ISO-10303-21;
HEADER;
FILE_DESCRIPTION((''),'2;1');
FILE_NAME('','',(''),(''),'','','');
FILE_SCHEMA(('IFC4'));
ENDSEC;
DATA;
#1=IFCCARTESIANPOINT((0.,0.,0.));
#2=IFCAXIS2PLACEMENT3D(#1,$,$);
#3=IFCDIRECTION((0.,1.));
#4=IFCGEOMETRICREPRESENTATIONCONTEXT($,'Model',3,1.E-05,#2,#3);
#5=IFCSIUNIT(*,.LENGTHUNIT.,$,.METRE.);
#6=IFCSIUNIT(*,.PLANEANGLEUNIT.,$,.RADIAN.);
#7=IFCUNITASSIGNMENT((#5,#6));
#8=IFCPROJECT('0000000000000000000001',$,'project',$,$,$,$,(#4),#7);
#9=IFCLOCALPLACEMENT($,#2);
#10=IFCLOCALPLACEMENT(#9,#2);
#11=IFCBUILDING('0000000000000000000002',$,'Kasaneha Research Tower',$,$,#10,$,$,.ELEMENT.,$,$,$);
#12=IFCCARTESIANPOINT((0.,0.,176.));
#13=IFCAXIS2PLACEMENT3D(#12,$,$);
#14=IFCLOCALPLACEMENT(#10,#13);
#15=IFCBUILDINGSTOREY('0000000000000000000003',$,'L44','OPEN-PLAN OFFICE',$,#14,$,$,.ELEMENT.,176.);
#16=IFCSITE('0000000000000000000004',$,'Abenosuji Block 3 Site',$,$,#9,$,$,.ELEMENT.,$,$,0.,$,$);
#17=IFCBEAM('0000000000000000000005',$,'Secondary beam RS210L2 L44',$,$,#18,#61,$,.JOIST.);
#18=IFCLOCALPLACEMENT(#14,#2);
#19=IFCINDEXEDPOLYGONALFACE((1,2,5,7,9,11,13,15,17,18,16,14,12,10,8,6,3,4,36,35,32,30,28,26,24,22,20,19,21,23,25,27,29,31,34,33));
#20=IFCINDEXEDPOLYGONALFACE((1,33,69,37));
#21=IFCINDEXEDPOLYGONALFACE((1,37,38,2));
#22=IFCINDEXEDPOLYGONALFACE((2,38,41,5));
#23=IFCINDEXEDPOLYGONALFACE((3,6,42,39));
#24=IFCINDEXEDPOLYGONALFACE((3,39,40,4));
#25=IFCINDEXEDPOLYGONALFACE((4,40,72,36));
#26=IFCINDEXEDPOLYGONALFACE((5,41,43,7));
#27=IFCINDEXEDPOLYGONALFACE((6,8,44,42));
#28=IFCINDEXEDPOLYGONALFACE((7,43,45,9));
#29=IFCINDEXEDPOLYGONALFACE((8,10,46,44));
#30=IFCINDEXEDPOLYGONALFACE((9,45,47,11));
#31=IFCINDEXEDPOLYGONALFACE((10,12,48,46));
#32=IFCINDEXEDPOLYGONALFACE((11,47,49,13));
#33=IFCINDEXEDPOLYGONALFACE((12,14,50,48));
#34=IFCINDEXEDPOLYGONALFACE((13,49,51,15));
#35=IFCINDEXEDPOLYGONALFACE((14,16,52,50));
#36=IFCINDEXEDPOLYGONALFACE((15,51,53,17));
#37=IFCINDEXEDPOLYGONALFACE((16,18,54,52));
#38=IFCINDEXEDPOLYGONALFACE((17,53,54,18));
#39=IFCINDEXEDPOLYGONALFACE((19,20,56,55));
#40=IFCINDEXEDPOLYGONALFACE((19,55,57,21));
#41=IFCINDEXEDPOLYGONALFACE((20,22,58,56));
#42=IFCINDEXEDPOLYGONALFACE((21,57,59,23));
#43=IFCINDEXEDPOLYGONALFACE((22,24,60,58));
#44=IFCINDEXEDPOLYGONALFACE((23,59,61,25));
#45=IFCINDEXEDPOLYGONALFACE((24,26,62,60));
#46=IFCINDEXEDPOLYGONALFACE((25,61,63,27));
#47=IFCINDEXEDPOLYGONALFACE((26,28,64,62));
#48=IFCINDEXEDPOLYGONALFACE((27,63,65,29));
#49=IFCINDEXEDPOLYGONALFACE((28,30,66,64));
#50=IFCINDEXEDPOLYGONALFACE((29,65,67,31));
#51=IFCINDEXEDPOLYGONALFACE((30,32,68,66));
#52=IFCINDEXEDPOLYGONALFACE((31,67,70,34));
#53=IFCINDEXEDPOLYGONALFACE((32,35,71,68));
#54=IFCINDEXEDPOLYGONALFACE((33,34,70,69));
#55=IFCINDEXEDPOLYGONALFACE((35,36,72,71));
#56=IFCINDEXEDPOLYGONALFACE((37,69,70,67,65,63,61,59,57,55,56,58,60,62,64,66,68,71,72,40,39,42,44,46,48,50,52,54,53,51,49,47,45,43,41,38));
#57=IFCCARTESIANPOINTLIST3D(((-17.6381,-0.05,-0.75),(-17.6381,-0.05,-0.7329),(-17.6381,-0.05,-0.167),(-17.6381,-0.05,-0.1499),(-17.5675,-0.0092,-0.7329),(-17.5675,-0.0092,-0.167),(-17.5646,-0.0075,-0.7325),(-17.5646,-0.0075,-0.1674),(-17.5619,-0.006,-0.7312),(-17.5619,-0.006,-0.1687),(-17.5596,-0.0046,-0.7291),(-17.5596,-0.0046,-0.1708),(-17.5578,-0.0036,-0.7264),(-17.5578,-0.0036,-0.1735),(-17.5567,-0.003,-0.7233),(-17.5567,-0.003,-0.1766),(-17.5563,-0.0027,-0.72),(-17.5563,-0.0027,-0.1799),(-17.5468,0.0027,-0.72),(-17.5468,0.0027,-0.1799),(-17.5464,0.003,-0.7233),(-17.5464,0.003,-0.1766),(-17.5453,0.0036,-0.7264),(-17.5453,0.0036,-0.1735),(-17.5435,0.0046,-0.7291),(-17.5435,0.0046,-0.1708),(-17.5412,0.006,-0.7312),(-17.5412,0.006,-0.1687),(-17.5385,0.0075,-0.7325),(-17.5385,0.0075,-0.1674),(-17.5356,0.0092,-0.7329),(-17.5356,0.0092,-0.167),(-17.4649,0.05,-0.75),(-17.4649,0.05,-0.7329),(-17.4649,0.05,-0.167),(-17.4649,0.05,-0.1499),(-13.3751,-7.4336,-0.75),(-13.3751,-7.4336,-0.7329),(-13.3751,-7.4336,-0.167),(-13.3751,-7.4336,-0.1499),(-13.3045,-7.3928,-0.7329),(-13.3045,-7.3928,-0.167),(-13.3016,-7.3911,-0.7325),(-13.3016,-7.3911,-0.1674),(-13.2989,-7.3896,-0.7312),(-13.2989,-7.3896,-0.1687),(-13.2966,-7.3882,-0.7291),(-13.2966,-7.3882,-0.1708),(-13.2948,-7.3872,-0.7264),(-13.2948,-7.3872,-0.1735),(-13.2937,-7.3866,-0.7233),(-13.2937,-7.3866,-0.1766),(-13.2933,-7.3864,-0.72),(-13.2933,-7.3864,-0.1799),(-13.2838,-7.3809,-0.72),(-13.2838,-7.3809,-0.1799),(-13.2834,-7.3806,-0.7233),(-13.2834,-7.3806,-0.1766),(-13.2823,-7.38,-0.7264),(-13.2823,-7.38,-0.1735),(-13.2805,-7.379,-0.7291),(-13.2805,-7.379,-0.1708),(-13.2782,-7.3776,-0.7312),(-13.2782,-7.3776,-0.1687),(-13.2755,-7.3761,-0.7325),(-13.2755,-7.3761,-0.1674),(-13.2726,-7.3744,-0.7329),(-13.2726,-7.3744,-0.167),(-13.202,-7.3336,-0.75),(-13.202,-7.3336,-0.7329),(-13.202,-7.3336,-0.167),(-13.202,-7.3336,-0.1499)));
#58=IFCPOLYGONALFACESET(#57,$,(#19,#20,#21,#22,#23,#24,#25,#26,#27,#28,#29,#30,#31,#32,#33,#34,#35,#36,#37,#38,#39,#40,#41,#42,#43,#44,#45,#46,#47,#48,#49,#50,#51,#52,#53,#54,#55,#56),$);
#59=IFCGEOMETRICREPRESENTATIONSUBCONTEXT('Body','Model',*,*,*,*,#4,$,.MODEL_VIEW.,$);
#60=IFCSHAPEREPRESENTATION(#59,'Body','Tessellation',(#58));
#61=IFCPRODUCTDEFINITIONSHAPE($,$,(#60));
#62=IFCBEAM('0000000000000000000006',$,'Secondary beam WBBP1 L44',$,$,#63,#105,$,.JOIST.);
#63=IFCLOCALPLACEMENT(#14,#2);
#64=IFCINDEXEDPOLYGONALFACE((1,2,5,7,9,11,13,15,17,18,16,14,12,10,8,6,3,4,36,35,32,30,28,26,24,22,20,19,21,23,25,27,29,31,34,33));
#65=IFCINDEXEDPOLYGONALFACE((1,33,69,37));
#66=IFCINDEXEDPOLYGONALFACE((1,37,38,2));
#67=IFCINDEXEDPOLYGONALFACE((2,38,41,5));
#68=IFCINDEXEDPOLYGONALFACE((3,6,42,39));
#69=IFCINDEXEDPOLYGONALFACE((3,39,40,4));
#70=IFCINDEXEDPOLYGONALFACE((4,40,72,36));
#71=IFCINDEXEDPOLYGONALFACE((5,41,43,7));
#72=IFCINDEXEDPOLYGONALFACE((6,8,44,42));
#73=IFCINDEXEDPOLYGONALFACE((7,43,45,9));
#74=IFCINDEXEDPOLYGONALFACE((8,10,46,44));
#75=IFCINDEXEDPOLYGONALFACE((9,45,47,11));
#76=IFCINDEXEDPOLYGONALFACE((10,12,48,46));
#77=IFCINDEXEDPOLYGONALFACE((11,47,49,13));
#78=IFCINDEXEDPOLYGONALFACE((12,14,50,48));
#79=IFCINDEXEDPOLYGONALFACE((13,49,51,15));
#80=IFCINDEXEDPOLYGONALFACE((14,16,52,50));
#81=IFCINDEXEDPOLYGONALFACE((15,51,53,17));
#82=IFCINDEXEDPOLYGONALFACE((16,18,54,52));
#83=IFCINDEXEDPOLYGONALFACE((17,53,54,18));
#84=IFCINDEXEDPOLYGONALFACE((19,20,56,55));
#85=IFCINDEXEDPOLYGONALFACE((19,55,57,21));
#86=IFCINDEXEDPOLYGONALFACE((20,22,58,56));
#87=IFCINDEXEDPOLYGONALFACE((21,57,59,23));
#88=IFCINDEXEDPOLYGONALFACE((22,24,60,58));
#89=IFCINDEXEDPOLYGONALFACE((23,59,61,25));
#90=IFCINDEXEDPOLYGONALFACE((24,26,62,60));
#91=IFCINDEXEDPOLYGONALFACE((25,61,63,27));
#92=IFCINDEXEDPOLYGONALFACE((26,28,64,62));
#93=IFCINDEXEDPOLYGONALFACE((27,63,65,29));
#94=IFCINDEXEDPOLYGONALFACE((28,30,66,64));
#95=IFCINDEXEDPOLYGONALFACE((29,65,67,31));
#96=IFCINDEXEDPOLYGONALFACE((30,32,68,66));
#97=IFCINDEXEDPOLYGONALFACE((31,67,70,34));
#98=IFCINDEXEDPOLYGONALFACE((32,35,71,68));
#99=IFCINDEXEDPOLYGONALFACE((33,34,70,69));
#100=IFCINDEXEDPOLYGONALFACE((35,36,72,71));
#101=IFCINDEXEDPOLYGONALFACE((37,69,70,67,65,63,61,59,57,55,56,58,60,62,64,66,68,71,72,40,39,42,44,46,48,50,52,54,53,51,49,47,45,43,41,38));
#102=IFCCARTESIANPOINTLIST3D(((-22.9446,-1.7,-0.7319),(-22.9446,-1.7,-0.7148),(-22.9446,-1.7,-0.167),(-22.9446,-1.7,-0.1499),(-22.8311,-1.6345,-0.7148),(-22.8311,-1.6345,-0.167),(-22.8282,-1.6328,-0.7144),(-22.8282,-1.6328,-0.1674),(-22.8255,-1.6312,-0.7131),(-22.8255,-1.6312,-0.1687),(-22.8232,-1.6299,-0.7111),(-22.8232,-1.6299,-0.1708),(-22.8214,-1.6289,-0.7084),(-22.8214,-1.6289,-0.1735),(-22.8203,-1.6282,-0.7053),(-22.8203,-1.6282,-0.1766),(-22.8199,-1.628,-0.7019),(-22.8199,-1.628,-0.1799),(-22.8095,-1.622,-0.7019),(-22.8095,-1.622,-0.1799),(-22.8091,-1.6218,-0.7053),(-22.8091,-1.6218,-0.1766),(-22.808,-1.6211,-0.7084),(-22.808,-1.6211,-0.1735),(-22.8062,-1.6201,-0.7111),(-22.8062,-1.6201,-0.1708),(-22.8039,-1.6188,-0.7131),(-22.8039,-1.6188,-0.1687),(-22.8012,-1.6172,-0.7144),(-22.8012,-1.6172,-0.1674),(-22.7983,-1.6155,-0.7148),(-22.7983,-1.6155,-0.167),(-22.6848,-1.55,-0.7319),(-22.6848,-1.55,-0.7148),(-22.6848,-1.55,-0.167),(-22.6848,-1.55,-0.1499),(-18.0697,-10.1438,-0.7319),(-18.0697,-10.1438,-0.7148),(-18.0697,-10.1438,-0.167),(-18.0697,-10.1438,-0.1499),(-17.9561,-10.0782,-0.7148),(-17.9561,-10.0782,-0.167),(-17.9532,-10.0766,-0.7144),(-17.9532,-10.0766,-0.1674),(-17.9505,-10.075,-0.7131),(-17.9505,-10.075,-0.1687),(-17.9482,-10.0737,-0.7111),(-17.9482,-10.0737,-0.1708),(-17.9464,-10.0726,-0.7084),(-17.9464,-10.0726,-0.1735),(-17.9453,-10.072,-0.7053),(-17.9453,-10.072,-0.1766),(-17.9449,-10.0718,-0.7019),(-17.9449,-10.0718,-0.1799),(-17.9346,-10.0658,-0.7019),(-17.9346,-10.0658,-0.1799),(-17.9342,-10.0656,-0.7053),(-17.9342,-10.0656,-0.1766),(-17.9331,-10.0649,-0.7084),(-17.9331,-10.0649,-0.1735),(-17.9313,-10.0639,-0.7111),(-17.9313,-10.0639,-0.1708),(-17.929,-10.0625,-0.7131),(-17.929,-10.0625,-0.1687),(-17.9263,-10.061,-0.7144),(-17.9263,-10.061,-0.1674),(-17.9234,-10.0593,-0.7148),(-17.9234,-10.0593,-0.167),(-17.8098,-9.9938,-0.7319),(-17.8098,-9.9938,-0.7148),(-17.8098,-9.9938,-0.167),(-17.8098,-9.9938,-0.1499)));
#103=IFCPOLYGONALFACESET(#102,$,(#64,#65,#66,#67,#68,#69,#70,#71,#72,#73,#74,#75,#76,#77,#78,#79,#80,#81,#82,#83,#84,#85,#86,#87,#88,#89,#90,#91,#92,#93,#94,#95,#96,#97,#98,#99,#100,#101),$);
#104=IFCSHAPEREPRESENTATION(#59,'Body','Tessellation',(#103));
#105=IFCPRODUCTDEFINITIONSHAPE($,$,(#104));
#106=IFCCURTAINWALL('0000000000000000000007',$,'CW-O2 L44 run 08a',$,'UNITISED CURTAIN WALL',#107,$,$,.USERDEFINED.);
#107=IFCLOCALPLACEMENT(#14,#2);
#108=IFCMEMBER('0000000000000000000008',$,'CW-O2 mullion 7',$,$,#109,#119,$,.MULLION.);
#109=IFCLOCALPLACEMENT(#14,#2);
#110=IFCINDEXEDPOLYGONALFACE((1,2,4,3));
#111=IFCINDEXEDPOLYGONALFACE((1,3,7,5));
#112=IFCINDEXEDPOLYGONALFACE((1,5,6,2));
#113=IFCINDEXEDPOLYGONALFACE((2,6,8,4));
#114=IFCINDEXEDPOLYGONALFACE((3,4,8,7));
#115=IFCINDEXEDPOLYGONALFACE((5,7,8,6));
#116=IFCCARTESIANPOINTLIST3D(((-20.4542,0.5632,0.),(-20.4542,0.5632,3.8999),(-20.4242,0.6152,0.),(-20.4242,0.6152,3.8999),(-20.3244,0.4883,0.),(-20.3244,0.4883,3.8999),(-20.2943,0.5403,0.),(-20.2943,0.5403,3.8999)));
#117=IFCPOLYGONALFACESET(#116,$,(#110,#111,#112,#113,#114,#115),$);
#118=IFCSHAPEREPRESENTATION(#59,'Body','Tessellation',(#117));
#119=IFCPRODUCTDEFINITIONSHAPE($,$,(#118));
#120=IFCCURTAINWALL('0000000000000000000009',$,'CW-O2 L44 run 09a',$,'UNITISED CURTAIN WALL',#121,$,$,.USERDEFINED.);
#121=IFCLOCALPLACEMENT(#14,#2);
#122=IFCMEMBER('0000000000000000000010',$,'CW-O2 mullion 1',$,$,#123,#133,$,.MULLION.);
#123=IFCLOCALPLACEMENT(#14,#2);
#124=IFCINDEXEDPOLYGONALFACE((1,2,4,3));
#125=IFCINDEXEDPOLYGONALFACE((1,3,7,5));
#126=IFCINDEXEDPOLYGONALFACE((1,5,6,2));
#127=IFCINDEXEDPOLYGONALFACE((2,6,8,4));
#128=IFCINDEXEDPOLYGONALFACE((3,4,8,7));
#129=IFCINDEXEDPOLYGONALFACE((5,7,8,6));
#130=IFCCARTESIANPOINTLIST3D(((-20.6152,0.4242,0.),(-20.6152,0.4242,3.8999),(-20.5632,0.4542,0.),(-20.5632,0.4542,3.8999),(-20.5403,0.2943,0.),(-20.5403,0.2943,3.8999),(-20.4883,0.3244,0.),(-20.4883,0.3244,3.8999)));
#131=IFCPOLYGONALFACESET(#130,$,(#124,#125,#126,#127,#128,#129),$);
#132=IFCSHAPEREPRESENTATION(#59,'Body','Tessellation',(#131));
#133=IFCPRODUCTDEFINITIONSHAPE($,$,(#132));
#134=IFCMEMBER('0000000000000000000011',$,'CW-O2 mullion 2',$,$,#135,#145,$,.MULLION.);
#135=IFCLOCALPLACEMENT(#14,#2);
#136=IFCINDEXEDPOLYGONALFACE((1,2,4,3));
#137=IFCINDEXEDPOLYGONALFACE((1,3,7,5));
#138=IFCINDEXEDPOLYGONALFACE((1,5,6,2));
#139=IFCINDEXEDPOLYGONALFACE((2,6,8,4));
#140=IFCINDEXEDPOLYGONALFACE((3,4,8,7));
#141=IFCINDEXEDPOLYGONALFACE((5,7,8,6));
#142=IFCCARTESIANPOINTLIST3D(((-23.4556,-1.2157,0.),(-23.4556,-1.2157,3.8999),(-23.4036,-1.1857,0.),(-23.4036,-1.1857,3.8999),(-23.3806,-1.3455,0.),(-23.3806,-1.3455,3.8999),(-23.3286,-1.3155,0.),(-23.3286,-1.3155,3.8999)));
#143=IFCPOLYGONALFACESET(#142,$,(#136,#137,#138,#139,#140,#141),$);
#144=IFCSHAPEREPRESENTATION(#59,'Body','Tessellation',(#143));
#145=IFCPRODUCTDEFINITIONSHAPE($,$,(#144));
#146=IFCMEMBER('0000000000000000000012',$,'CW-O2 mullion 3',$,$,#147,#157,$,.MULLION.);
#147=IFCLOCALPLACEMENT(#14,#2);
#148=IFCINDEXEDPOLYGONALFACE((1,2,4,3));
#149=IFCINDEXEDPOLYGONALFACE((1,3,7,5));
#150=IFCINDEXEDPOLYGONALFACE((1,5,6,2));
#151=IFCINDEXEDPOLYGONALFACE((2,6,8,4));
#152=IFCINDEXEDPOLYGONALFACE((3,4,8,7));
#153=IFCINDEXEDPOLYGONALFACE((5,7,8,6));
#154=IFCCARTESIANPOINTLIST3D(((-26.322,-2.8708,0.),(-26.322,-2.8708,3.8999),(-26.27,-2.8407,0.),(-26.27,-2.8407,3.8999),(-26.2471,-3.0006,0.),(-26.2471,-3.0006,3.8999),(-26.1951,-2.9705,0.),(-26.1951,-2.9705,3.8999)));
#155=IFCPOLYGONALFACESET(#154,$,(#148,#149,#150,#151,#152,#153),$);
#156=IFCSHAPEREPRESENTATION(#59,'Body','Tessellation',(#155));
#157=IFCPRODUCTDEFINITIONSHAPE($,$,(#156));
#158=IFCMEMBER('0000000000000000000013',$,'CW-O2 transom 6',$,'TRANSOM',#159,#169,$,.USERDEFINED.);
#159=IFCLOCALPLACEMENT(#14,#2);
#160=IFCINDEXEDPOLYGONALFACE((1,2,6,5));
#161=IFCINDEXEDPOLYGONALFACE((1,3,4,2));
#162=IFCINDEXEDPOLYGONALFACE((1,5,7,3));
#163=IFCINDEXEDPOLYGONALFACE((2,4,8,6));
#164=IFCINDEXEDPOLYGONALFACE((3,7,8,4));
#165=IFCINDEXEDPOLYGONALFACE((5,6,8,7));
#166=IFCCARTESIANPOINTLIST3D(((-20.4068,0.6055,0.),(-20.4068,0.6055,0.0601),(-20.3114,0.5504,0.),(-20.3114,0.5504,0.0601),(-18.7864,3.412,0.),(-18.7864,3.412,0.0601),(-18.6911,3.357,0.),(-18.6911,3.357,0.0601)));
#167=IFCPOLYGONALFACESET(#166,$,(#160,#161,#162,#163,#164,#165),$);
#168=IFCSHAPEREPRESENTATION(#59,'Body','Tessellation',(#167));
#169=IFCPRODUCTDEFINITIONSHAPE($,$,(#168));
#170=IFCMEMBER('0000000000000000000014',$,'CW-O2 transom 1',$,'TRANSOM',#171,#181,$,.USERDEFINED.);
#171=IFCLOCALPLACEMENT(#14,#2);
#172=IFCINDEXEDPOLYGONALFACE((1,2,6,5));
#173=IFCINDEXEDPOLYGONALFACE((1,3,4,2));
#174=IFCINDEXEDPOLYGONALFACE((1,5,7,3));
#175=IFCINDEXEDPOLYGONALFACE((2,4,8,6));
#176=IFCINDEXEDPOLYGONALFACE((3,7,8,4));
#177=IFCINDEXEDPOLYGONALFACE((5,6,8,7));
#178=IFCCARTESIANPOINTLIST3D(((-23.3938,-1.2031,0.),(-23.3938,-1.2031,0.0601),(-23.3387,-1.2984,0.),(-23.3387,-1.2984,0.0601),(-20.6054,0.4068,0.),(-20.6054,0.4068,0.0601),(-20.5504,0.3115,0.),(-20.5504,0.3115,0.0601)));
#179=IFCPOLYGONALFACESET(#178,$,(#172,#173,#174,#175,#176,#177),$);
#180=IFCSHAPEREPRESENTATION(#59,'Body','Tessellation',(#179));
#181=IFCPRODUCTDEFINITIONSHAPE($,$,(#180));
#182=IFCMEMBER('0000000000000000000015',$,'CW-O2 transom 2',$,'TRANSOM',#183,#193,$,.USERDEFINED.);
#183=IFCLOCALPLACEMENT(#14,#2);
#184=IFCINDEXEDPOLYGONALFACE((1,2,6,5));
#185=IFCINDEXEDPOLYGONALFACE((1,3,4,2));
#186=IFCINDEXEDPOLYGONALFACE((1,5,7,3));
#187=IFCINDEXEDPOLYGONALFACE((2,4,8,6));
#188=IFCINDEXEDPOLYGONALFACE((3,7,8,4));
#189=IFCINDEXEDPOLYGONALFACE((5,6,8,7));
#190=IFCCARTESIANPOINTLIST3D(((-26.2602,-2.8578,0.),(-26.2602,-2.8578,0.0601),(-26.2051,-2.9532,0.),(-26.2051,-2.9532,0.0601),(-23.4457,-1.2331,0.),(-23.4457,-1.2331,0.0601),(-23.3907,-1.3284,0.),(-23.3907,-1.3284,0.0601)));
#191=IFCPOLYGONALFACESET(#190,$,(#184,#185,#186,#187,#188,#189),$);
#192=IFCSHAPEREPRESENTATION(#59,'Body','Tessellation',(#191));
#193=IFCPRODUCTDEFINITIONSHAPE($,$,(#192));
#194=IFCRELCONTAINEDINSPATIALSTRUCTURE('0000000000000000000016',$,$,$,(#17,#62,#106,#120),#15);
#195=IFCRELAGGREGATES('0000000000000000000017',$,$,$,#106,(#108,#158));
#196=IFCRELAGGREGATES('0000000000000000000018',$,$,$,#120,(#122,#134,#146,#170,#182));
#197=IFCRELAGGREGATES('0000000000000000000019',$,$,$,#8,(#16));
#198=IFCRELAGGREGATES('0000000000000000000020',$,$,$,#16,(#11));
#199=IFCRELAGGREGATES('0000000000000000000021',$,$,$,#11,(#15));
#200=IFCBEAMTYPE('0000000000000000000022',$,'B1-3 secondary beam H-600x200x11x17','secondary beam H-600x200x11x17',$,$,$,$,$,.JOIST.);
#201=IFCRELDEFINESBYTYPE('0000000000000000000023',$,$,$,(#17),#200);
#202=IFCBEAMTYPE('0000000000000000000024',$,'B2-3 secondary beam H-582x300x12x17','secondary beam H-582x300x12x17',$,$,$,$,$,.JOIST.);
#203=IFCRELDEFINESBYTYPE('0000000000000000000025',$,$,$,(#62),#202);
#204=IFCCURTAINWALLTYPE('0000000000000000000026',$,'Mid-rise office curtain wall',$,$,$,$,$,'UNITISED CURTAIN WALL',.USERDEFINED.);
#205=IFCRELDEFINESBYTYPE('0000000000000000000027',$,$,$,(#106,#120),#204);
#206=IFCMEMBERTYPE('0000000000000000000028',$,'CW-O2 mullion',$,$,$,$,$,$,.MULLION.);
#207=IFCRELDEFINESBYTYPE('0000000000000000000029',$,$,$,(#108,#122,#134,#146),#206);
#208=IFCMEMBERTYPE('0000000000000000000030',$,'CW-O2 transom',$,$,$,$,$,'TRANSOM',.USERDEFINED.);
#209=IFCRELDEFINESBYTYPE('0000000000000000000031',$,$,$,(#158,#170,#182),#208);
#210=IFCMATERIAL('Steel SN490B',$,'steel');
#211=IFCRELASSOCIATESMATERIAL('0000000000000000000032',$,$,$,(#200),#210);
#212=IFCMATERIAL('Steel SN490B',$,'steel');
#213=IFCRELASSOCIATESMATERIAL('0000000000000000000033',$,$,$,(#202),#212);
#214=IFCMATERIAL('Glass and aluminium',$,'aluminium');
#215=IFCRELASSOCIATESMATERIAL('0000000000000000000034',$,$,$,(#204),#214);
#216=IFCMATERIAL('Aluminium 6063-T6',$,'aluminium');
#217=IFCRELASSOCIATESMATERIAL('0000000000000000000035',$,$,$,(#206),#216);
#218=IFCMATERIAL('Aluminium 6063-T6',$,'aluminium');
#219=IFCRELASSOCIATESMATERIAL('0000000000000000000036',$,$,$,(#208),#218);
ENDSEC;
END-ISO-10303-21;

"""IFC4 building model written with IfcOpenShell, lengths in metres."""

from ifc_helpers import new_model, si_unit, direction, frame, origin, origin_2d, place, context, subcontext, project, spatial, rectangle, i_section, extrude, material, material_profile, profile_set, type_object, element, aggregate, save


model = new_model("IFC4")

# Units and contexts
model_context = context("Model", 3, precision=1e-05, world=origin(), true_north=direction((0.0, 1.0)))
body_context = subcontext(model_context, "Body", "Model", "MODEL_VIEW")
ifc_project = project(units=[si_unit("LENGTHUNIT", "METRE"), si_unit("PLANEANGLEUNIT", "RADIAN")], contexts=[model_context])

# Site, building, storey
site_placement = place(None, origin())
site = spatial("IfcSite", under=ifc_project, at=site_placement, Name="Abenosuji Block 3 Site", CompositionType="ELEMENT", RefElevation=0.0)
building_placement = place(site_placement, origin())
building = spatial("IfcBuilding", under=site, at=building_placement, Name="Kasaneha Research Tower", CompositionType="ELEMENT")
storey_placement = place(building_placement, frame((0.0, 0.0, 176.0)))
storey = spatial("IfcBuildingStorey", under=building, at=storey_placement, Name="L44", Description="OPEN-PLAN OFFICE", CompositionType="ELEMENT", Elevation=176.0)

# Beams
ifc_material_1 = material(Name="Steel SN490B", Category="steel")
ifc_material_profile_1 = material_profile(ifc_material_1, i_section(OverallWidth=0.2, OverallDepth=0.6001, WebThickness=0.011, FlangeThickness=0.0171, FilletRadius=0.0129, at=origin_2d()), Name="H-600x200x11x17")
ifc_profile_set_1 = profile_set([ifc_material_profile_1], Name="Steel SN490B")
beam_type_1 = type_object("IfcBeamType", Name="B1-3 secondary beam H-600x200x11x17", Description="secondary beam H-600x200x11x17", PredefinedType="JOIST", material=ifc_profile_set_1)
beam_1_placement = place(storey_placement, frame((-17.5515, 0.0, -0.45), z_axis=(0.500004, -0.866023, 0.0), x_axis=(0.866023, 0.500004, 0.0)))
element("IfcBeam", 1, at=beam_1_placement, inside=storey, type_object=beam_type_1, Name="Secondary beam RS210L2 L44", PredefinedType="JOIST", context=body_context, shape_type="SweptSolid", body=[
    extrude(i_section(OverallWidth=0.2, OverallDepth=0.6001, WebThickness=0.011, FlangeThickness=0.0171, FilletRadius=0.0129, at=origin_2d()), origin(), (0.0, 0.0, 1.0), 8.5259),
])
ifc_material_2 = material(Name="Steel SN490B", Category="steel")
ifc_material_profile_2 = material_profile(ifc_material_2, i_section(OverallWidth=0.3, OverallDepth=0.582, WebThickness=0.012, FlangeThickness=0.0171, FilletRadius=0.0129, at=origin_2d()), Name="H-582x300x12x17")
ifc_profile_set_2 = profile_set([ifc_material_profile_2], Name="Steel SN490B")
beam_type_2 = type_object("IfcBeamType", Name="B2-3 secondary beam H-582x300x12x17", Description="secondary beam H-582x300x12x17", PredefinedType="JOIST", material=ifc_profile_set_2)
beam_2_placement = place(storey_placement, frame((-22.8147, -1.625, -0.4409), z_axis=(0.499996, -0.866028, 0.0), x_axis=(0.866028, 0.499996, 0.0)))
element("IfcBeam", 2, at=beam_2_placement, inside=storey, type_object=beam_type_2, Name="Secondary beam WBBP1 L44", PredefinedType="JOIST", context=body_context, shape_type="SweptSolid", body=[
    extrude(i_section(OverallWidth=0.3, OverallDepth=0.582, WebThickness=0.012, FlangeThickness=0.0171, FilletRadius=0.0129, at=origin_2d()), origin(), (0.0, 0.0, 1.0), 9.75),
])

# Curtain wall, member
ifc_material_3 = material(Name="Glass and aluminium", Category="aluminium")
curtain_wall_type = type_object("IfcCurtainWallType", Name="Mid-rise office curtain wall", ElementType="UNITISED CURTAIN WALL", PredefinedType="USERDEFINED", material=ifc_material_3)
curtain_wall_1_placement = place(storey_placement, origin())
curtain_wall_1 = element("IfcCurtainWall", 3, at=curtain_wall_1_placement, inside=storey, type_object=curtain_wall_type, Name="CW-O2 L44 run 08a", ObjectType="UNITISED CURTAIN WALL", PredefinedType="USERDEFINED")
ifc_material_4 = material(Name="Aluminium 6063-T6", Category="aluminium")
ifc_material_profile_3 = material_profile(ifc_material_4, rectangle(XDim=0.0601, YDim=0.1499, at=origin_2d()), Name="CW-O2 mullion 60x150")
ifc_profile_set_3 = profile_set([ifc_material_profile_3], Name="Aluminium 6063-T6")
member_type_1 = type_object("IfcMemberType", Name="CW-O2 mullion", PredefinedType="MULLION", material=ifc_profile_set_3)
member_1_placement = place(storey_placement, frame((-20.3743, 0.5518, 0.0), z_axis=(0.0, 0.0, 1.0), x_axis=(-0.5, -0.866025, 0.0)))
member_1 = element("IfcMember", 4, at=member_1_placement, type_object=member_type_1, Name="CW-O2 mullion 7", PredefinedType="MULLION", context=body_context, shape_type="SweptSolid", body=[
    extrude(rectangle(XDim=0.0601, YDim=0.1499, at=origin_2d()), origin(), (0.0, 0.0, 1.0), 3.8999),
])

# Curtain wall, members
curtain_wall_2_placement = place(storey_placement, origin())
curtain_wall_2 = element("IfcCurtainWall", 5, at=curtain_wall_2_placement, inside=storey, type_object=curtain_wall_type, Name="CW-O2 L44 run 09a", ObjectType="UNITISED CURTAIN WALL", PredefinedType="USERDEFINED")
member_2_placement = place(storey_placement, frame((-20.5518, 0.3743, 0.0), z_axis=(0.0, 0.0, 1.0), x_axis=(-0.866025, -0.5, 0.0)))
member_2 = element("IfcMember", 6, at=member_2_placement, type_object=member_type_1, Name="CW-O2 mullion 1", PredefinedType="MULLION", context=body_context, shape_type="SweptSolid", body=[
    extrude(rectangle(XDim=0.0601, YDim=0.1499, at=origin_2d()), origin(), (0.0, 0.0, 1.0), 3.8999),
])
member_3_placement = place(storey_placement, frame((-23.3921, -1.2656, 0.0), z_axis=(0.0, 0.0, 1.0), x_axis=(-0.866025, -0.5, 0.0)))
member_3 = element("IfcMember", 7, at=member_3_placement, type_object=member_type_1, Name="CW-O2 mullion 2", PredefinedType="MULLION", context=body_context, shape_type="SweptSolid", body=[
    extrude(rectangle(XDim=0.0601, YDim=0.1499, at=origin_2d()), origin(), (0.0, 0.0, 1.0), 3.8999),
])
member_4_placement = place(storey_placement, frame((-26.2585, -2.9207, 0.0), z_axis=(0.0, 0.0, 1.0), x_axis=(-0.866025, -0.5, 0.0)))
member_4 = element("IfcMember", 8, at=member_4_placement, type_object=member_type_1, Name="CW-O2 mullion 3", PredefinedType="MULLION", context=body_context, shape_type="SweptSolid", body=[
    extrude(rectangle(XDim=0.0601, YDim=0.1499, at=origin_2d()), origin(), (0.0, 0.0, 1.0), 3.8999),
])

# Members
ifc_material_5 = material(Name="Aluminium 6063-T6", Category="aluminium")
ifc_material_profile_4 = material_profile(ifc_material_5, rectangle(XDim=0.1101, YDim=0.0601, at=origin_2d()), Name="CW-O2 transom 110x60")
ifc_profile_set_4 = profile_set([ifc_material_profile_4], Name="Aluminium 6063-T6")
member_type_2 = type_object("IfcMemberType", Name="CW-O2 transom", ElementType="TRANSOM", PredefinedType="USERDEFINED", material=ifc_profile_set_4)
member_5_placement = place(storey_placement, frame((-18.7388, 3.3845, 0.03), z_axis=(-0.499988, -0.866033, 0.0), x_axis=(0.866033, -0.499988, 0.0)))
member_5 = element("IfcMember", 9, at=member_5_placement, type_object=member_type_2, Name="CW-O2 transom 6", ObjectType="TRANSOM", PredefinedType="USERDEFINED", context=body_context, shape_type="SweptSolid", body=[
    extrude(rectangle(XDim=0.1101, YDim=0.0601, at=origin_2d()), origin(), (0.0, 0.0, 1.0), 3.2407),
])
member_6_placement = place(storey_placement, frame((-20.5779, 0.3591, 0.03), z_axis=(-0.866023, -0.500005, 0.0), x_axis=(0.500005, -0.866023, 0.0)))
member_6 = element("IfcMember", 10, at=member_6_placement, type_object=member_type_2, Name="CW-O2 transom 1", ObjectType="TRANSOM", PredefinedType="USERDEFINED", context=body_context, shape_type="SweptSolid", body=[
    extrude(rectangle(XDim=0.1101, YDim=0.0601, at=origin_2d()), origin(), (0.0, 0.0, 1.0), 3.2197),
])
member_7_placement = place(storey_placement, frame((-23.4182, -1.2808, 0.03), z_axis=(-0.866048, -0.499961, 0.0), x_axis=(0.499961, -0.866048, 0.0)))
member_7 = element("IfcMember", 11, at=member_7_placement, type_object=member_type_2, Name="CW-O2 transom 2", ObjectType="TRANSOM", PredefinedType="USERDEFINED", context=body_context, shape_type="SweptSolid", body=[
    extrude(rectangle(XDim=0.1101, YDim=0.0601, at=origin_2d()), origin(), (0.0, 0.0, 1.0), 3.2498),
])

aggregate(curtain_wall_1, [member_1, member_5])
aggregate(curtain_wall_2, [member_2, member_3, member_4, member_6, member_7])

save(model, "model.ifc")
